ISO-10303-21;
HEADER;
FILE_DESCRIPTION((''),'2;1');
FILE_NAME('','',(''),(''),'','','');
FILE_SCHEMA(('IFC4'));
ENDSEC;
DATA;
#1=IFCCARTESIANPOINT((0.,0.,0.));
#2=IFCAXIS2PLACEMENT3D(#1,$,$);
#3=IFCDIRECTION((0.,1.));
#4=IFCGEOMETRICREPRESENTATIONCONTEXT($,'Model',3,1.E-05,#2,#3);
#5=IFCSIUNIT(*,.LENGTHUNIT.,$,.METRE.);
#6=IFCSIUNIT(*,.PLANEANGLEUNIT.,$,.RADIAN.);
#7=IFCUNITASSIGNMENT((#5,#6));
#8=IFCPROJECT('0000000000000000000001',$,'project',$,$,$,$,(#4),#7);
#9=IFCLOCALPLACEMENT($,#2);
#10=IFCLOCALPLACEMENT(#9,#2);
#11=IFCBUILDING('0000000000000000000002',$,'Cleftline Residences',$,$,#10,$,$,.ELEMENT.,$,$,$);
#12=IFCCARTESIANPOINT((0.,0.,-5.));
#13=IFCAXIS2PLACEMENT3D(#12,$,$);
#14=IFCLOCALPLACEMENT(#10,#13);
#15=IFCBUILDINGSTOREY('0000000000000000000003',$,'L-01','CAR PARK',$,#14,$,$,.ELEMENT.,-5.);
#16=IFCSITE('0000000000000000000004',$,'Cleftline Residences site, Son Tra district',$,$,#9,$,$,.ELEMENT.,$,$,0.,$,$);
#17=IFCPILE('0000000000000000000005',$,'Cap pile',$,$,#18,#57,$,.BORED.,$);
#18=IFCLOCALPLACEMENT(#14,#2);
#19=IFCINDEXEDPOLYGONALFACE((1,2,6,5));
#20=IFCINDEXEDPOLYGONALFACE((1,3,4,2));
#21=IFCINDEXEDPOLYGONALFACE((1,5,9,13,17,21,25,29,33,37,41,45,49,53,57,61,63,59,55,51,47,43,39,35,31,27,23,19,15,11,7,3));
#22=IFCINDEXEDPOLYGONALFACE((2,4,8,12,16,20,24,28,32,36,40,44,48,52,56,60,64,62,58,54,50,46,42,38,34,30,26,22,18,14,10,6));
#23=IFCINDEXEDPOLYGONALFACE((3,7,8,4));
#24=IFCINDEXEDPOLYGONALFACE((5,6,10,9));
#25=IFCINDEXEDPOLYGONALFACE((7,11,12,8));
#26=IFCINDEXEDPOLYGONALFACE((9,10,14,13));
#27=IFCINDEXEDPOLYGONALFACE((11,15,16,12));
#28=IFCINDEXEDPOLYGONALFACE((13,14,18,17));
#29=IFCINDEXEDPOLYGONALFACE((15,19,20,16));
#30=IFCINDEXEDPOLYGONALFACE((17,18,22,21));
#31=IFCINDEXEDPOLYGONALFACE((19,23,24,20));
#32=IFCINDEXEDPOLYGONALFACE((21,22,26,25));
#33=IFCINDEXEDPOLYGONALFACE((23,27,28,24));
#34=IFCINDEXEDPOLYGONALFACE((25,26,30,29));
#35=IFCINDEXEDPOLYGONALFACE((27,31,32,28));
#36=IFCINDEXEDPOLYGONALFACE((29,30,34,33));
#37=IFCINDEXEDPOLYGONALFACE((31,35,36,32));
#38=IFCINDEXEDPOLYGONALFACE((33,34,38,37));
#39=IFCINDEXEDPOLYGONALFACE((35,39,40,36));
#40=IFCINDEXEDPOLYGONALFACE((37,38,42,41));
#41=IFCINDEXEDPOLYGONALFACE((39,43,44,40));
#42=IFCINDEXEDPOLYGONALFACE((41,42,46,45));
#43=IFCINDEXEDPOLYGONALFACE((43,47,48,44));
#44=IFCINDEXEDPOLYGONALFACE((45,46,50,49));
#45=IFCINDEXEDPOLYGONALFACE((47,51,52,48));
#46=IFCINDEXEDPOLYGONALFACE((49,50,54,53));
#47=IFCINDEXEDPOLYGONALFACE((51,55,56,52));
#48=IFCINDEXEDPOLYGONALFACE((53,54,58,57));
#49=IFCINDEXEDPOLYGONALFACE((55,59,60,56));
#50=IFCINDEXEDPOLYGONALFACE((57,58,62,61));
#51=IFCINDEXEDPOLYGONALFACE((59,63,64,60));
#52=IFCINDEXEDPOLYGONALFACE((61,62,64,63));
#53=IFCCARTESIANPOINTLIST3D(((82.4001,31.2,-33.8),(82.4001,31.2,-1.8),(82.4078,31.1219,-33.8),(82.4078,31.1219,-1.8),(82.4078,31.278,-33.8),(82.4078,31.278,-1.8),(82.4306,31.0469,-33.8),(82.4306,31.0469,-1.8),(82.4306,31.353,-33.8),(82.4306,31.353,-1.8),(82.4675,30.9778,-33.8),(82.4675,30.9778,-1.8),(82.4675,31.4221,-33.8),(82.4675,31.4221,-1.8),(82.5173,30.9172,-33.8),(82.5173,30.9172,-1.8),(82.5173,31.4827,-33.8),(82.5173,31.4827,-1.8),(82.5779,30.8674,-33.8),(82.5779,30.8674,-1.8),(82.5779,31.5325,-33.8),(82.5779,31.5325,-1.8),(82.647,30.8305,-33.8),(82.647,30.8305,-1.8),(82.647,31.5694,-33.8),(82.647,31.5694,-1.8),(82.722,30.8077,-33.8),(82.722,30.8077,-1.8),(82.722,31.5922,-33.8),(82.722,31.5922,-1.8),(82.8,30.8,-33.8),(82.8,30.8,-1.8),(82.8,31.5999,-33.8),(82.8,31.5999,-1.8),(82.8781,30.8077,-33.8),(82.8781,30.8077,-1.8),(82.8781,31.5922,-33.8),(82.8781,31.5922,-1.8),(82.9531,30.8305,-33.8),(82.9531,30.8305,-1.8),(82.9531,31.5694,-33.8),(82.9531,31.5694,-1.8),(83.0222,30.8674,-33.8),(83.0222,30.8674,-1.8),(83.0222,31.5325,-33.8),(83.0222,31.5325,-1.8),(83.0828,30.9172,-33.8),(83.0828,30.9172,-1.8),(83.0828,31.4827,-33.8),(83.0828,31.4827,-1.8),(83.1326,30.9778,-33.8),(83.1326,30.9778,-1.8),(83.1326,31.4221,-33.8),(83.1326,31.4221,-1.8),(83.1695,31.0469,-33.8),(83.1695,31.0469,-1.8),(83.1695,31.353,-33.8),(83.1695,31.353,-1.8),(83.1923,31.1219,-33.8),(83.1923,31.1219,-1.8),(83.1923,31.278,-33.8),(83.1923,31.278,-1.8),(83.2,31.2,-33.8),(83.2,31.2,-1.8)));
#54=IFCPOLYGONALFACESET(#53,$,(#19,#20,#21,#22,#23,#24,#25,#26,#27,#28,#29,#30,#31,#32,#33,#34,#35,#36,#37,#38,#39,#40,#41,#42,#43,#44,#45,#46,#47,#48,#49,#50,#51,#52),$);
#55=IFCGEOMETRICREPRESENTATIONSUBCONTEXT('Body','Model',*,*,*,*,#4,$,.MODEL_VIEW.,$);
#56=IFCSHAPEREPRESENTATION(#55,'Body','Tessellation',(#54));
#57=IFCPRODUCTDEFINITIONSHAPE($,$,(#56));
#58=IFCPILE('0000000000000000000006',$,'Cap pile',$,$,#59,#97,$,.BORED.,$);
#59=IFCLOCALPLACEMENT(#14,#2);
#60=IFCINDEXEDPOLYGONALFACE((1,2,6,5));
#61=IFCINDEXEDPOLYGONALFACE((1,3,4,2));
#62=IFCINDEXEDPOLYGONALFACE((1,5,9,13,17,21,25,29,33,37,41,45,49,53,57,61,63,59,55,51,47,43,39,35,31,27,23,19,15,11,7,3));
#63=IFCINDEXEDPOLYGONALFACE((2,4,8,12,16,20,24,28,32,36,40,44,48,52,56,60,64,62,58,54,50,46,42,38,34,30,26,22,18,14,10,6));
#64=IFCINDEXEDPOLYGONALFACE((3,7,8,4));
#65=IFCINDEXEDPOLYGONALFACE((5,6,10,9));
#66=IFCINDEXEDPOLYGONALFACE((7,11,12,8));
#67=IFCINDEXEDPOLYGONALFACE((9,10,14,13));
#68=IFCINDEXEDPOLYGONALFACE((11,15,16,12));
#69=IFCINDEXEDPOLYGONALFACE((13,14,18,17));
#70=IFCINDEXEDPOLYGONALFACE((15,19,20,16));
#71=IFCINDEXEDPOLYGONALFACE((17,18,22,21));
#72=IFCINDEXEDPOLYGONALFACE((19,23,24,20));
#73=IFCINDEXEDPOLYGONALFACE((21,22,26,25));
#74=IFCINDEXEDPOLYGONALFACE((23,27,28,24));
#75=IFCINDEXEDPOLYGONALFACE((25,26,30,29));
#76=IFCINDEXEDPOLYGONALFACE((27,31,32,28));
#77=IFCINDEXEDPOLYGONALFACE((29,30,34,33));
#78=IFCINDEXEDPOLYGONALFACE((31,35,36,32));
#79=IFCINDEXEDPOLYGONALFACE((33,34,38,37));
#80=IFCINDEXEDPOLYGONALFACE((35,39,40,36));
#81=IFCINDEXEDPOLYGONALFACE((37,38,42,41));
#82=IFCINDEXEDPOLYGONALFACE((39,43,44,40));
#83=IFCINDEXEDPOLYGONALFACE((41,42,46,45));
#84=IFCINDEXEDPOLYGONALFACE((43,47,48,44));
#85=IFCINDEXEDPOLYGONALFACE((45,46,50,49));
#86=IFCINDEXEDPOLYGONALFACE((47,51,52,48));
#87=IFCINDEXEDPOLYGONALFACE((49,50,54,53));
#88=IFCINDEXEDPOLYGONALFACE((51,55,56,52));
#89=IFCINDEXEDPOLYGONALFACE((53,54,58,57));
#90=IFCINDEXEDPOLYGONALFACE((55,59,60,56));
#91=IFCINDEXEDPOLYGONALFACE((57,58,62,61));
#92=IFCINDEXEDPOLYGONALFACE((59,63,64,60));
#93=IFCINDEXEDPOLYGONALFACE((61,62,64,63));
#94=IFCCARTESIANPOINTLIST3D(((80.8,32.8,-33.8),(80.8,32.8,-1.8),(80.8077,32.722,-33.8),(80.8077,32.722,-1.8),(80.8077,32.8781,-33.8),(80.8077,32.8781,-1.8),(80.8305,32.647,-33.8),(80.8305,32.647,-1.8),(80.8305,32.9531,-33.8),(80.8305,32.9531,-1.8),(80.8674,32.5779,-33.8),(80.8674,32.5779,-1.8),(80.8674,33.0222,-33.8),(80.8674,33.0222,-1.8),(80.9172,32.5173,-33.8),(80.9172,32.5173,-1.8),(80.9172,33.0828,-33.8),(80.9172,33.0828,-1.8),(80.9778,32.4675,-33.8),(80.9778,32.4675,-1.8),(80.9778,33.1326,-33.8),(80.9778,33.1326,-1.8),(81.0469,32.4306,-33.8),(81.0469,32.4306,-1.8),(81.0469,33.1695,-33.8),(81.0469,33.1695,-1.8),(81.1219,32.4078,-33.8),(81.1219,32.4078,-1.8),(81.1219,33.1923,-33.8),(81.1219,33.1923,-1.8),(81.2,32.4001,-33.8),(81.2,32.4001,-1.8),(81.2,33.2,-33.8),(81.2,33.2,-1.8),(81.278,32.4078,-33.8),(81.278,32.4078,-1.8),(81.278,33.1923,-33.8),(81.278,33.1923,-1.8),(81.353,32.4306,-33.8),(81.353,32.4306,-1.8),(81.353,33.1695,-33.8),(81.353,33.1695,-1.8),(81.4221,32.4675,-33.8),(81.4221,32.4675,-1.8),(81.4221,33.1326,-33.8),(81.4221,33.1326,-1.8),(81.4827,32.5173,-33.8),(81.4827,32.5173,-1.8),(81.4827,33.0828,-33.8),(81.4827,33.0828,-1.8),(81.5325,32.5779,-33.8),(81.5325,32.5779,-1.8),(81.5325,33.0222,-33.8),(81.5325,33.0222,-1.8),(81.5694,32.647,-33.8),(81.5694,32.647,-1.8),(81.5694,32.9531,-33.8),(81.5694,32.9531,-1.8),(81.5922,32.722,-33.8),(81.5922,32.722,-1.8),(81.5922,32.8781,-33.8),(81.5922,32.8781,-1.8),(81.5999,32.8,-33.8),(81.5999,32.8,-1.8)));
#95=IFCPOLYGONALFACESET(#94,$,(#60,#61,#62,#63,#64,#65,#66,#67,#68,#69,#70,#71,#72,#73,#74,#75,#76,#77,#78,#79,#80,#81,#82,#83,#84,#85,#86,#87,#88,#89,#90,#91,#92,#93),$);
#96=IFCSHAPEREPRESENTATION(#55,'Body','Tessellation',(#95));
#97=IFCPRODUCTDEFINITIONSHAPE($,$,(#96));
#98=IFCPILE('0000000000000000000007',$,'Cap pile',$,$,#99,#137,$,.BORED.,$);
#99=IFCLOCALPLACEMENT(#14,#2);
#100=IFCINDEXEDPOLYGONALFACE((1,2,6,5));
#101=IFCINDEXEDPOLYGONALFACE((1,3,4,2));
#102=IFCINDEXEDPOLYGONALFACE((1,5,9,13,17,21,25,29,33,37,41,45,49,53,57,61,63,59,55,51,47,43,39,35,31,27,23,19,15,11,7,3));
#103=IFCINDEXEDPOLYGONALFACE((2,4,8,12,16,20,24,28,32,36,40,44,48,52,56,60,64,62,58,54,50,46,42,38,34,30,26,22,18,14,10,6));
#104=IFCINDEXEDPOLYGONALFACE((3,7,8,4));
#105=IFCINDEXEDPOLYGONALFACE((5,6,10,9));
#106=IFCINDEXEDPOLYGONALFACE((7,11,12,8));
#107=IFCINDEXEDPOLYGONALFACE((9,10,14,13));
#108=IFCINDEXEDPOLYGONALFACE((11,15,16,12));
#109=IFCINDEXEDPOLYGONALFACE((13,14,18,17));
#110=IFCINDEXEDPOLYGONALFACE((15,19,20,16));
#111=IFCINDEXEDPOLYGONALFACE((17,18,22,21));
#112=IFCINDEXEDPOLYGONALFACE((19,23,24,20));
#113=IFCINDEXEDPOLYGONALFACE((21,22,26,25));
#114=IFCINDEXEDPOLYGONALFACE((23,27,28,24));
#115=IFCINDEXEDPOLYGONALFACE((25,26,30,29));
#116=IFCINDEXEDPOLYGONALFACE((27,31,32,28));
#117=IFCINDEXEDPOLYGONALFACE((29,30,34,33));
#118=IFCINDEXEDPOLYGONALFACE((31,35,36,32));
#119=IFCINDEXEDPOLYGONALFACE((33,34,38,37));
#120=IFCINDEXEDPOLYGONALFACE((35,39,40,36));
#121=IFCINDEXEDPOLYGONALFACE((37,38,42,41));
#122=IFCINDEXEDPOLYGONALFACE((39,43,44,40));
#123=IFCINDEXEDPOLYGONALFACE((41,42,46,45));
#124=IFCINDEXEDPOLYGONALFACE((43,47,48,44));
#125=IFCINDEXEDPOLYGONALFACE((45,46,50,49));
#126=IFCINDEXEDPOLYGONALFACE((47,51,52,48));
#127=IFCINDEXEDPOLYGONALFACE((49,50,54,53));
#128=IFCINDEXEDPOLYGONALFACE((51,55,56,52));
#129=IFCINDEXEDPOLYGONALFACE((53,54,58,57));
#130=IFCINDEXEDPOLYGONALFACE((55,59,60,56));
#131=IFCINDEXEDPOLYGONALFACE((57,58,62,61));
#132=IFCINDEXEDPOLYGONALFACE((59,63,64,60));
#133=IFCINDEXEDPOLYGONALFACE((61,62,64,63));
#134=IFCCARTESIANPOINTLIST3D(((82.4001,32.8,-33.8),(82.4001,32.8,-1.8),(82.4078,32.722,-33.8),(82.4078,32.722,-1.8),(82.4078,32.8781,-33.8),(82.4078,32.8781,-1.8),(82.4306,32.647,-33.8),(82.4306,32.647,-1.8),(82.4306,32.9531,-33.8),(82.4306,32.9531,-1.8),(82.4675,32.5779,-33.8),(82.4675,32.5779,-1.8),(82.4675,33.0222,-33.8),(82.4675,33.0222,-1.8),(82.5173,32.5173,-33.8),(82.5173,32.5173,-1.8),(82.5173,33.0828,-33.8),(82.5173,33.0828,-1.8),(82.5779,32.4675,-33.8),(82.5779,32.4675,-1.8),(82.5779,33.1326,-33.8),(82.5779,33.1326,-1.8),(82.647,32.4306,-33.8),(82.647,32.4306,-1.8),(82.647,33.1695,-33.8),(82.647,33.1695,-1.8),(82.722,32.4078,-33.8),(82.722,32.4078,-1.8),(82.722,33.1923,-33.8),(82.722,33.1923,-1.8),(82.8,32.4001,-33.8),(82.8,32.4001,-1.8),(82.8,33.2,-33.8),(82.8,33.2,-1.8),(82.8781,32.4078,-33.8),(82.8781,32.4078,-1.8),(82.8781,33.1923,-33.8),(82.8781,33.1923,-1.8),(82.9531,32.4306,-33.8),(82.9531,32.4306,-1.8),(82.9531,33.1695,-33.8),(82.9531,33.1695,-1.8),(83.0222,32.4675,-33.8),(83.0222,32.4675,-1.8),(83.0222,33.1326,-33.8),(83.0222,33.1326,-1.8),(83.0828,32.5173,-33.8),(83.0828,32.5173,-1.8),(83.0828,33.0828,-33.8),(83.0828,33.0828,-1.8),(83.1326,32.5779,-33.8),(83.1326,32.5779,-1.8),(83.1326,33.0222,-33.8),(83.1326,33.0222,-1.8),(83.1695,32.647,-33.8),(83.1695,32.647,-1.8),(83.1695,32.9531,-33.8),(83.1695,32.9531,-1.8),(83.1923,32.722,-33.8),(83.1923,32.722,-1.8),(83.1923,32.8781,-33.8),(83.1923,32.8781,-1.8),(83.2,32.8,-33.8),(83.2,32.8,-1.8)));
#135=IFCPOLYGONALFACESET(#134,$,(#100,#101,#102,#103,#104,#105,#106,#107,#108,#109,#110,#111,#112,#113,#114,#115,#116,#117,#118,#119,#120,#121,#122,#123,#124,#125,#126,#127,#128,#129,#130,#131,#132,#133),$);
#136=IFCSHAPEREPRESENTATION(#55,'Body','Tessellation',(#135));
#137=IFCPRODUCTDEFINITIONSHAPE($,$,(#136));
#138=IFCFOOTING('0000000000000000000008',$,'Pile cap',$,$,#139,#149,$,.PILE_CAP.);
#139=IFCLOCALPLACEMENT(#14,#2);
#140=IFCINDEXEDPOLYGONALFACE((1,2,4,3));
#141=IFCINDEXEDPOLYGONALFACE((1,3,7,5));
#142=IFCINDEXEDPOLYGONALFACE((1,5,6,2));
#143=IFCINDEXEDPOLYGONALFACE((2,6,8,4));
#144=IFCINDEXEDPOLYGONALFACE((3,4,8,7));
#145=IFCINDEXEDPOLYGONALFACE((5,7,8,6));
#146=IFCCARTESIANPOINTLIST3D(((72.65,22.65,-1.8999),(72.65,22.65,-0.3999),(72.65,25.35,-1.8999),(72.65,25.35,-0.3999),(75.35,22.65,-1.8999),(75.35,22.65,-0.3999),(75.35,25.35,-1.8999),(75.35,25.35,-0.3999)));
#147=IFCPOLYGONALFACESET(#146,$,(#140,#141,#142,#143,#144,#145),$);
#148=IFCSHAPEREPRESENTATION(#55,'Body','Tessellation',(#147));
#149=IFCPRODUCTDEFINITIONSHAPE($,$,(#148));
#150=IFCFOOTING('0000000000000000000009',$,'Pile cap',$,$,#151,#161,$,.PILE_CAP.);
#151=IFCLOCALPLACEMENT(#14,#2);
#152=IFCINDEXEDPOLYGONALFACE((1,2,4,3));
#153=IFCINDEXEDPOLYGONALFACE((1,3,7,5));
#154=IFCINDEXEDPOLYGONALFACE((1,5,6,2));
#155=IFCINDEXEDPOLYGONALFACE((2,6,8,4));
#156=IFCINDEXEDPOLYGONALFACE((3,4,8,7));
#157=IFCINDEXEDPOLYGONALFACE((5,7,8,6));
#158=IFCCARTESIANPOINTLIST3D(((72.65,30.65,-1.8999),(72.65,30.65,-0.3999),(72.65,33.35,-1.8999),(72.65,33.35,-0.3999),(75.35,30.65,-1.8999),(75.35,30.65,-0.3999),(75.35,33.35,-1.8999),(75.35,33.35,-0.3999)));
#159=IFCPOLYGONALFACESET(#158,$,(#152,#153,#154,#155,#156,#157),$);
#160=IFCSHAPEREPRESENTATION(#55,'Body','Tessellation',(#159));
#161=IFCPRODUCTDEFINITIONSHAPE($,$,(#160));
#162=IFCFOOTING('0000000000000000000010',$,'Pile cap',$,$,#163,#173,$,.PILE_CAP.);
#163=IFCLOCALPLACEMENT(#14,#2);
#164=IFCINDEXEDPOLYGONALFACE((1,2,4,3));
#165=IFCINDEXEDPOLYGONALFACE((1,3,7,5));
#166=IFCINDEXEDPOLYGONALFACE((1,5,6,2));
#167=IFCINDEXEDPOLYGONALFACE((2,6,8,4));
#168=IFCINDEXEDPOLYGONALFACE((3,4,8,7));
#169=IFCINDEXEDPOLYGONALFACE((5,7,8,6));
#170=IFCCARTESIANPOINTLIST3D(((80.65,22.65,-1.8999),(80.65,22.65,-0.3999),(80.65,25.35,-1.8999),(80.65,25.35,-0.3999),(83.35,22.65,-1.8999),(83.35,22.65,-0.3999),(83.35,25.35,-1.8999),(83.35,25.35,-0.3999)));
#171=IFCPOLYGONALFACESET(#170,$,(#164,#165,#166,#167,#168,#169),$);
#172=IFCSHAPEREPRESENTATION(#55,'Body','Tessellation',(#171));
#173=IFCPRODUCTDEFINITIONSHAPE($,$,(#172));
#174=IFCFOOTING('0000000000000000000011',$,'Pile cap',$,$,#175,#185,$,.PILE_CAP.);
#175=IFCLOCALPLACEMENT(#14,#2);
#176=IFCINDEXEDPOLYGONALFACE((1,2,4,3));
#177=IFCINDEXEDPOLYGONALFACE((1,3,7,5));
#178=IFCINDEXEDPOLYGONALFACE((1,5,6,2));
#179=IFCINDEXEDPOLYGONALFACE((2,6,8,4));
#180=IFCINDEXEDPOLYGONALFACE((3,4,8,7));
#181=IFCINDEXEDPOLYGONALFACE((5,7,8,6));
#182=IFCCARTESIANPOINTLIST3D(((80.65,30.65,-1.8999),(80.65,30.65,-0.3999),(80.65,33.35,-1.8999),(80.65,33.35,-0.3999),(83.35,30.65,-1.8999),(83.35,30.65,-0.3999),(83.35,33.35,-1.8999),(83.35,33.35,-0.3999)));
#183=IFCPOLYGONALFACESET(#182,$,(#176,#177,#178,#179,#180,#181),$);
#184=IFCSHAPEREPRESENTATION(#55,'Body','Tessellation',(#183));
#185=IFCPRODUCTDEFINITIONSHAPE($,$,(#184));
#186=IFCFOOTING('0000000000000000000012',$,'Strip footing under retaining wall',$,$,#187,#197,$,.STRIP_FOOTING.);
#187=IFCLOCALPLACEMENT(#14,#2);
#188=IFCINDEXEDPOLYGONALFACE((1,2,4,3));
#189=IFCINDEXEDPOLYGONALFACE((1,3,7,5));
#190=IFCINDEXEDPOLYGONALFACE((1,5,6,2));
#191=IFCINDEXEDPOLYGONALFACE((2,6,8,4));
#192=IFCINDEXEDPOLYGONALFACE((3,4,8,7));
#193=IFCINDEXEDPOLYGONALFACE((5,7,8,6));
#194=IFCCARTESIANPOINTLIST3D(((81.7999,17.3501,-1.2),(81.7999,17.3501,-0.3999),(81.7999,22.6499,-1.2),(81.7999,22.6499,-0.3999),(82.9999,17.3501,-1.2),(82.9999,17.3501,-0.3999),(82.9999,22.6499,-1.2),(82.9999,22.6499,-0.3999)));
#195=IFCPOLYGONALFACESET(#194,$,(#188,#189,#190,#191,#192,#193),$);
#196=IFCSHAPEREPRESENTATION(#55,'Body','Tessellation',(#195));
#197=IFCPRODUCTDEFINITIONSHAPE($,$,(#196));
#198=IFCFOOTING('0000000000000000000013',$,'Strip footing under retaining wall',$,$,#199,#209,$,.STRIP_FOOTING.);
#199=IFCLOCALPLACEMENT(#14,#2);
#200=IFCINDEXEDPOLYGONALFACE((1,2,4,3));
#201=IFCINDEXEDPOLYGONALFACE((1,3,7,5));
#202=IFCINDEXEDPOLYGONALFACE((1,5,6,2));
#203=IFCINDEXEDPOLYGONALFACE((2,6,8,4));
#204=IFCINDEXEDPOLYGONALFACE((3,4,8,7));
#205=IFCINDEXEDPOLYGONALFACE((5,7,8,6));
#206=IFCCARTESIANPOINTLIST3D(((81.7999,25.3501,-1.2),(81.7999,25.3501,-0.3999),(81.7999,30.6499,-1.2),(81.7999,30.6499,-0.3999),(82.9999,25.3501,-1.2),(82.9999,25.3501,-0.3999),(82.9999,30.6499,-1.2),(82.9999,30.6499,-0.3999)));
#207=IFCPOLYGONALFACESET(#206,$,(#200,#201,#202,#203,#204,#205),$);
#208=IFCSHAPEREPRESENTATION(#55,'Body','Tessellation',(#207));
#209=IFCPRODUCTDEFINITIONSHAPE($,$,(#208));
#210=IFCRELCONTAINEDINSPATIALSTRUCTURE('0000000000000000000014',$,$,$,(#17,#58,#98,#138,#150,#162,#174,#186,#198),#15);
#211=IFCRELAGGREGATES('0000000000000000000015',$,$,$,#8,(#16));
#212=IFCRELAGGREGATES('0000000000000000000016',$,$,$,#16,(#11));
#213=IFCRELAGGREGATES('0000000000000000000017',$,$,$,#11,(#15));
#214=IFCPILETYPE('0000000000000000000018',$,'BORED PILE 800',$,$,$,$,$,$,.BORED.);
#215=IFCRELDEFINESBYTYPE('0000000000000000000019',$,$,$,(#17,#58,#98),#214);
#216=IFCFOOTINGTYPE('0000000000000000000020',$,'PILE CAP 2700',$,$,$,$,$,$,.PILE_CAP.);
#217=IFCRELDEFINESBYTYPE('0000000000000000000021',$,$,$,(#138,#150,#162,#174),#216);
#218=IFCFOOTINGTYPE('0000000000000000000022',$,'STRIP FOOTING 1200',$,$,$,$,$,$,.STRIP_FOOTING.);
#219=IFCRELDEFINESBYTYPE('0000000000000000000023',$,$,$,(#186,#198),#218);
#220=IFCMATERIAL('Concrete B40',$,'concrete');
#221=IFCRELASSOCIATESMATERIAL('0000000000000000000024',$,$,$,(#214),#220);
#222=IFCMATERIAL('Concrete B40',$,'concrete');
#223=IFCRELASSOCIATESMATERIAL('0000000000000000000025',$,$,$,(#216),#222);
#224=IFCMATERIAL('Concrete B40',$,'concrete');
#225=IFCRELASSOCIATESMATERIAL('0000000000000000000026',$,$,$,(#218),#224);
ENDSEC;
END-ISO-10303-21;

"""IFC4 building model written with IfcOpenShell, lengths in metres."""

from ifc_helpers import new_model, si_unit, direction, frame, frame_2d, origin, origin_2d, place, context, subcontext, project, spatial, rectangle, circle, extrude, material, material_profile, profile_set, type_object, element, save


model = new_model("IFC4")

# Units and contexts
model_context = context("Model", 3, precision=1e-05, world=origin(), true_north=direction((0.0, 1.0)))
body_context = subcontext(model_context, "Body", "Model", "MODEL_VIEW")
ifc_project = project(units=[si_unit("LENGTHUNIT", "METRE"), si_unit("PLANEANGLEUNIT", "RADIAN")], contexts=[model_context])

# Site, building, storey
site_placement = place(None, origin())
site = spatial("IfcSite", under=ifc_project, at=site_placement, Name="Cleftline Residences site, Son Tra district", CompositionType="ELEMENT", RefElevation=0.0)
building_placement = place(site_placement, origin())
building = spatial("IfcBuilding", under=site, at=building_placement, Name="Cleftline Residences", CompositionType="ELEMENT")
storey_placement = place(building_placement, frame((0.0, 0.0, -5.0)))
storey = spatial("IfcBuildingStorey", under=building, at=storey_placement, Name="L-01", Description="CAR PARK", CompositionType="ELEMENT", Elevation=-5.0)

# Piles
ifc_material_1 = material(Name="Concrete B40", Category="concrete")
ifc_material_profile_1 = material_profile(ifc_material_1, circle(Radius=0.3999, at=origin_2d()))
ifc_profile_set_1 = profile_set([ifc_material_profile_1], Name="Concrete B40")
pile_type = type_object("IfcPileType", Name="BORED PILE 800", PredefinedType="BORED", material=ifc_profile_set_1)
for number, where, z_axis, x_axis, name in (
    (1, (82.8, 31.2, -1.8), (0.0, 0.0, -1.0), (1.0, 0.0, 0.0), "Cap pile"),
    (2, (81.2, 32.8, -1.8), (0.0, 0.0, -1.0), (1.0, 0.0, 0.0), "Cap pile"),
    (3, (82.8, 32.8, -1.8), (0.0, 0.0, -1.0), (1.0, 0.0, 0.0), "Cap pile"),
):
    element("IfcPile", number, at=place(storey_placement, frame(where, z_axis=z_axis, x_axis=x_axis)), inside=storey, type_object=pile_type, Name=name, PredefinedType="BORED", context=body_context, shape_type="SweptSolid", body=[
        extrude(circle(Radius=0.3999, at=origin_2d()), origin(), (0.0, 0.0, 1.0), 32.0),
    ])

# Footings
ifc_material_2 = material(Name="Concrete B40", Category="concrete")
footing_type_1 = type_object("IfcFootingType", Name="PILE CAP 2700", PredefinedType="PILE_CAP", material=ifc_material_2)
for number, where, z_axis, x_axis, name in (
    (4, (74.0, 24.0, -1.8999), (0.0, 0.0, 1.0), (1.0, 0.0, 0.0), "Pile cap"),
    (5, (74.0, 32.0, -1.8999), (0.0, 0.0, 1.0), (1.0, 0.0, 0.0), "Pile cap"),
    (6, (82.0, 24.0, -1.8999), (0.0, 0.0, 1.0), (1.0, 0.0, 0.0), "Pile cap"),
    (7, (82.0, 32.0, -1.8999), (0.0, 0.0, 1.0), (1.0, 0.0, 0.0), "Pile cap"),
):
    element("IfcFooting", number, at=place(storey_placement, frame(where, z_axis=z_axis, x_axis=x_axis)), inside=storey, type_object=footing_type_1, Name=name, PredefinedType="PILE_CAP", context=body_context, shape_type="SweptSolid", body=[
        extrude(rectangle(XDim=2.7, YDim=2.7, at=origin_2d()), origin(), (0.0, 0.0, 1.0), 1.5),
    ])
ifc_material_3 = material(Name="Concrete B40", Category="concrete")
footing_type_2 = type_object("IfcFootingType", Name="STRIP FOOTING 1200", PredefinedType="STRIP_FOOTING", material=ifc_material_3)
for number, where, z_axis, x_axis, name in (
    (8, (82.3999, 17.3501, -1.2), (0.0, 0.0, 1.0), (0.0, 1.0, 0.0), "Strip footing under retaining wall"),
    (9, (82.3999, 25.3501, -1.2), (0.0, 0.0, 1.0), (0.0, 1.0, 0.0), "Strip footing under retaining wall"),
):
    element("IfcFooting", number, at=place(storey_placement, frame(where, z_axis=z_axis, x_axis=x_axis)), inside=storey, type_object=footing_type_2, Name=name, PredefinedType="STRIP_FOOTING", context=body_context, shape_type="SweptSolid", body=[
        extrude(rectangle(XDim=5.2998, YDim=1.2, at=frame_2d((2.6499, 0.0))), origin(), (0.0, 0.0, 1.0), 0.8),
    ])

save(model, "model.ifc")
